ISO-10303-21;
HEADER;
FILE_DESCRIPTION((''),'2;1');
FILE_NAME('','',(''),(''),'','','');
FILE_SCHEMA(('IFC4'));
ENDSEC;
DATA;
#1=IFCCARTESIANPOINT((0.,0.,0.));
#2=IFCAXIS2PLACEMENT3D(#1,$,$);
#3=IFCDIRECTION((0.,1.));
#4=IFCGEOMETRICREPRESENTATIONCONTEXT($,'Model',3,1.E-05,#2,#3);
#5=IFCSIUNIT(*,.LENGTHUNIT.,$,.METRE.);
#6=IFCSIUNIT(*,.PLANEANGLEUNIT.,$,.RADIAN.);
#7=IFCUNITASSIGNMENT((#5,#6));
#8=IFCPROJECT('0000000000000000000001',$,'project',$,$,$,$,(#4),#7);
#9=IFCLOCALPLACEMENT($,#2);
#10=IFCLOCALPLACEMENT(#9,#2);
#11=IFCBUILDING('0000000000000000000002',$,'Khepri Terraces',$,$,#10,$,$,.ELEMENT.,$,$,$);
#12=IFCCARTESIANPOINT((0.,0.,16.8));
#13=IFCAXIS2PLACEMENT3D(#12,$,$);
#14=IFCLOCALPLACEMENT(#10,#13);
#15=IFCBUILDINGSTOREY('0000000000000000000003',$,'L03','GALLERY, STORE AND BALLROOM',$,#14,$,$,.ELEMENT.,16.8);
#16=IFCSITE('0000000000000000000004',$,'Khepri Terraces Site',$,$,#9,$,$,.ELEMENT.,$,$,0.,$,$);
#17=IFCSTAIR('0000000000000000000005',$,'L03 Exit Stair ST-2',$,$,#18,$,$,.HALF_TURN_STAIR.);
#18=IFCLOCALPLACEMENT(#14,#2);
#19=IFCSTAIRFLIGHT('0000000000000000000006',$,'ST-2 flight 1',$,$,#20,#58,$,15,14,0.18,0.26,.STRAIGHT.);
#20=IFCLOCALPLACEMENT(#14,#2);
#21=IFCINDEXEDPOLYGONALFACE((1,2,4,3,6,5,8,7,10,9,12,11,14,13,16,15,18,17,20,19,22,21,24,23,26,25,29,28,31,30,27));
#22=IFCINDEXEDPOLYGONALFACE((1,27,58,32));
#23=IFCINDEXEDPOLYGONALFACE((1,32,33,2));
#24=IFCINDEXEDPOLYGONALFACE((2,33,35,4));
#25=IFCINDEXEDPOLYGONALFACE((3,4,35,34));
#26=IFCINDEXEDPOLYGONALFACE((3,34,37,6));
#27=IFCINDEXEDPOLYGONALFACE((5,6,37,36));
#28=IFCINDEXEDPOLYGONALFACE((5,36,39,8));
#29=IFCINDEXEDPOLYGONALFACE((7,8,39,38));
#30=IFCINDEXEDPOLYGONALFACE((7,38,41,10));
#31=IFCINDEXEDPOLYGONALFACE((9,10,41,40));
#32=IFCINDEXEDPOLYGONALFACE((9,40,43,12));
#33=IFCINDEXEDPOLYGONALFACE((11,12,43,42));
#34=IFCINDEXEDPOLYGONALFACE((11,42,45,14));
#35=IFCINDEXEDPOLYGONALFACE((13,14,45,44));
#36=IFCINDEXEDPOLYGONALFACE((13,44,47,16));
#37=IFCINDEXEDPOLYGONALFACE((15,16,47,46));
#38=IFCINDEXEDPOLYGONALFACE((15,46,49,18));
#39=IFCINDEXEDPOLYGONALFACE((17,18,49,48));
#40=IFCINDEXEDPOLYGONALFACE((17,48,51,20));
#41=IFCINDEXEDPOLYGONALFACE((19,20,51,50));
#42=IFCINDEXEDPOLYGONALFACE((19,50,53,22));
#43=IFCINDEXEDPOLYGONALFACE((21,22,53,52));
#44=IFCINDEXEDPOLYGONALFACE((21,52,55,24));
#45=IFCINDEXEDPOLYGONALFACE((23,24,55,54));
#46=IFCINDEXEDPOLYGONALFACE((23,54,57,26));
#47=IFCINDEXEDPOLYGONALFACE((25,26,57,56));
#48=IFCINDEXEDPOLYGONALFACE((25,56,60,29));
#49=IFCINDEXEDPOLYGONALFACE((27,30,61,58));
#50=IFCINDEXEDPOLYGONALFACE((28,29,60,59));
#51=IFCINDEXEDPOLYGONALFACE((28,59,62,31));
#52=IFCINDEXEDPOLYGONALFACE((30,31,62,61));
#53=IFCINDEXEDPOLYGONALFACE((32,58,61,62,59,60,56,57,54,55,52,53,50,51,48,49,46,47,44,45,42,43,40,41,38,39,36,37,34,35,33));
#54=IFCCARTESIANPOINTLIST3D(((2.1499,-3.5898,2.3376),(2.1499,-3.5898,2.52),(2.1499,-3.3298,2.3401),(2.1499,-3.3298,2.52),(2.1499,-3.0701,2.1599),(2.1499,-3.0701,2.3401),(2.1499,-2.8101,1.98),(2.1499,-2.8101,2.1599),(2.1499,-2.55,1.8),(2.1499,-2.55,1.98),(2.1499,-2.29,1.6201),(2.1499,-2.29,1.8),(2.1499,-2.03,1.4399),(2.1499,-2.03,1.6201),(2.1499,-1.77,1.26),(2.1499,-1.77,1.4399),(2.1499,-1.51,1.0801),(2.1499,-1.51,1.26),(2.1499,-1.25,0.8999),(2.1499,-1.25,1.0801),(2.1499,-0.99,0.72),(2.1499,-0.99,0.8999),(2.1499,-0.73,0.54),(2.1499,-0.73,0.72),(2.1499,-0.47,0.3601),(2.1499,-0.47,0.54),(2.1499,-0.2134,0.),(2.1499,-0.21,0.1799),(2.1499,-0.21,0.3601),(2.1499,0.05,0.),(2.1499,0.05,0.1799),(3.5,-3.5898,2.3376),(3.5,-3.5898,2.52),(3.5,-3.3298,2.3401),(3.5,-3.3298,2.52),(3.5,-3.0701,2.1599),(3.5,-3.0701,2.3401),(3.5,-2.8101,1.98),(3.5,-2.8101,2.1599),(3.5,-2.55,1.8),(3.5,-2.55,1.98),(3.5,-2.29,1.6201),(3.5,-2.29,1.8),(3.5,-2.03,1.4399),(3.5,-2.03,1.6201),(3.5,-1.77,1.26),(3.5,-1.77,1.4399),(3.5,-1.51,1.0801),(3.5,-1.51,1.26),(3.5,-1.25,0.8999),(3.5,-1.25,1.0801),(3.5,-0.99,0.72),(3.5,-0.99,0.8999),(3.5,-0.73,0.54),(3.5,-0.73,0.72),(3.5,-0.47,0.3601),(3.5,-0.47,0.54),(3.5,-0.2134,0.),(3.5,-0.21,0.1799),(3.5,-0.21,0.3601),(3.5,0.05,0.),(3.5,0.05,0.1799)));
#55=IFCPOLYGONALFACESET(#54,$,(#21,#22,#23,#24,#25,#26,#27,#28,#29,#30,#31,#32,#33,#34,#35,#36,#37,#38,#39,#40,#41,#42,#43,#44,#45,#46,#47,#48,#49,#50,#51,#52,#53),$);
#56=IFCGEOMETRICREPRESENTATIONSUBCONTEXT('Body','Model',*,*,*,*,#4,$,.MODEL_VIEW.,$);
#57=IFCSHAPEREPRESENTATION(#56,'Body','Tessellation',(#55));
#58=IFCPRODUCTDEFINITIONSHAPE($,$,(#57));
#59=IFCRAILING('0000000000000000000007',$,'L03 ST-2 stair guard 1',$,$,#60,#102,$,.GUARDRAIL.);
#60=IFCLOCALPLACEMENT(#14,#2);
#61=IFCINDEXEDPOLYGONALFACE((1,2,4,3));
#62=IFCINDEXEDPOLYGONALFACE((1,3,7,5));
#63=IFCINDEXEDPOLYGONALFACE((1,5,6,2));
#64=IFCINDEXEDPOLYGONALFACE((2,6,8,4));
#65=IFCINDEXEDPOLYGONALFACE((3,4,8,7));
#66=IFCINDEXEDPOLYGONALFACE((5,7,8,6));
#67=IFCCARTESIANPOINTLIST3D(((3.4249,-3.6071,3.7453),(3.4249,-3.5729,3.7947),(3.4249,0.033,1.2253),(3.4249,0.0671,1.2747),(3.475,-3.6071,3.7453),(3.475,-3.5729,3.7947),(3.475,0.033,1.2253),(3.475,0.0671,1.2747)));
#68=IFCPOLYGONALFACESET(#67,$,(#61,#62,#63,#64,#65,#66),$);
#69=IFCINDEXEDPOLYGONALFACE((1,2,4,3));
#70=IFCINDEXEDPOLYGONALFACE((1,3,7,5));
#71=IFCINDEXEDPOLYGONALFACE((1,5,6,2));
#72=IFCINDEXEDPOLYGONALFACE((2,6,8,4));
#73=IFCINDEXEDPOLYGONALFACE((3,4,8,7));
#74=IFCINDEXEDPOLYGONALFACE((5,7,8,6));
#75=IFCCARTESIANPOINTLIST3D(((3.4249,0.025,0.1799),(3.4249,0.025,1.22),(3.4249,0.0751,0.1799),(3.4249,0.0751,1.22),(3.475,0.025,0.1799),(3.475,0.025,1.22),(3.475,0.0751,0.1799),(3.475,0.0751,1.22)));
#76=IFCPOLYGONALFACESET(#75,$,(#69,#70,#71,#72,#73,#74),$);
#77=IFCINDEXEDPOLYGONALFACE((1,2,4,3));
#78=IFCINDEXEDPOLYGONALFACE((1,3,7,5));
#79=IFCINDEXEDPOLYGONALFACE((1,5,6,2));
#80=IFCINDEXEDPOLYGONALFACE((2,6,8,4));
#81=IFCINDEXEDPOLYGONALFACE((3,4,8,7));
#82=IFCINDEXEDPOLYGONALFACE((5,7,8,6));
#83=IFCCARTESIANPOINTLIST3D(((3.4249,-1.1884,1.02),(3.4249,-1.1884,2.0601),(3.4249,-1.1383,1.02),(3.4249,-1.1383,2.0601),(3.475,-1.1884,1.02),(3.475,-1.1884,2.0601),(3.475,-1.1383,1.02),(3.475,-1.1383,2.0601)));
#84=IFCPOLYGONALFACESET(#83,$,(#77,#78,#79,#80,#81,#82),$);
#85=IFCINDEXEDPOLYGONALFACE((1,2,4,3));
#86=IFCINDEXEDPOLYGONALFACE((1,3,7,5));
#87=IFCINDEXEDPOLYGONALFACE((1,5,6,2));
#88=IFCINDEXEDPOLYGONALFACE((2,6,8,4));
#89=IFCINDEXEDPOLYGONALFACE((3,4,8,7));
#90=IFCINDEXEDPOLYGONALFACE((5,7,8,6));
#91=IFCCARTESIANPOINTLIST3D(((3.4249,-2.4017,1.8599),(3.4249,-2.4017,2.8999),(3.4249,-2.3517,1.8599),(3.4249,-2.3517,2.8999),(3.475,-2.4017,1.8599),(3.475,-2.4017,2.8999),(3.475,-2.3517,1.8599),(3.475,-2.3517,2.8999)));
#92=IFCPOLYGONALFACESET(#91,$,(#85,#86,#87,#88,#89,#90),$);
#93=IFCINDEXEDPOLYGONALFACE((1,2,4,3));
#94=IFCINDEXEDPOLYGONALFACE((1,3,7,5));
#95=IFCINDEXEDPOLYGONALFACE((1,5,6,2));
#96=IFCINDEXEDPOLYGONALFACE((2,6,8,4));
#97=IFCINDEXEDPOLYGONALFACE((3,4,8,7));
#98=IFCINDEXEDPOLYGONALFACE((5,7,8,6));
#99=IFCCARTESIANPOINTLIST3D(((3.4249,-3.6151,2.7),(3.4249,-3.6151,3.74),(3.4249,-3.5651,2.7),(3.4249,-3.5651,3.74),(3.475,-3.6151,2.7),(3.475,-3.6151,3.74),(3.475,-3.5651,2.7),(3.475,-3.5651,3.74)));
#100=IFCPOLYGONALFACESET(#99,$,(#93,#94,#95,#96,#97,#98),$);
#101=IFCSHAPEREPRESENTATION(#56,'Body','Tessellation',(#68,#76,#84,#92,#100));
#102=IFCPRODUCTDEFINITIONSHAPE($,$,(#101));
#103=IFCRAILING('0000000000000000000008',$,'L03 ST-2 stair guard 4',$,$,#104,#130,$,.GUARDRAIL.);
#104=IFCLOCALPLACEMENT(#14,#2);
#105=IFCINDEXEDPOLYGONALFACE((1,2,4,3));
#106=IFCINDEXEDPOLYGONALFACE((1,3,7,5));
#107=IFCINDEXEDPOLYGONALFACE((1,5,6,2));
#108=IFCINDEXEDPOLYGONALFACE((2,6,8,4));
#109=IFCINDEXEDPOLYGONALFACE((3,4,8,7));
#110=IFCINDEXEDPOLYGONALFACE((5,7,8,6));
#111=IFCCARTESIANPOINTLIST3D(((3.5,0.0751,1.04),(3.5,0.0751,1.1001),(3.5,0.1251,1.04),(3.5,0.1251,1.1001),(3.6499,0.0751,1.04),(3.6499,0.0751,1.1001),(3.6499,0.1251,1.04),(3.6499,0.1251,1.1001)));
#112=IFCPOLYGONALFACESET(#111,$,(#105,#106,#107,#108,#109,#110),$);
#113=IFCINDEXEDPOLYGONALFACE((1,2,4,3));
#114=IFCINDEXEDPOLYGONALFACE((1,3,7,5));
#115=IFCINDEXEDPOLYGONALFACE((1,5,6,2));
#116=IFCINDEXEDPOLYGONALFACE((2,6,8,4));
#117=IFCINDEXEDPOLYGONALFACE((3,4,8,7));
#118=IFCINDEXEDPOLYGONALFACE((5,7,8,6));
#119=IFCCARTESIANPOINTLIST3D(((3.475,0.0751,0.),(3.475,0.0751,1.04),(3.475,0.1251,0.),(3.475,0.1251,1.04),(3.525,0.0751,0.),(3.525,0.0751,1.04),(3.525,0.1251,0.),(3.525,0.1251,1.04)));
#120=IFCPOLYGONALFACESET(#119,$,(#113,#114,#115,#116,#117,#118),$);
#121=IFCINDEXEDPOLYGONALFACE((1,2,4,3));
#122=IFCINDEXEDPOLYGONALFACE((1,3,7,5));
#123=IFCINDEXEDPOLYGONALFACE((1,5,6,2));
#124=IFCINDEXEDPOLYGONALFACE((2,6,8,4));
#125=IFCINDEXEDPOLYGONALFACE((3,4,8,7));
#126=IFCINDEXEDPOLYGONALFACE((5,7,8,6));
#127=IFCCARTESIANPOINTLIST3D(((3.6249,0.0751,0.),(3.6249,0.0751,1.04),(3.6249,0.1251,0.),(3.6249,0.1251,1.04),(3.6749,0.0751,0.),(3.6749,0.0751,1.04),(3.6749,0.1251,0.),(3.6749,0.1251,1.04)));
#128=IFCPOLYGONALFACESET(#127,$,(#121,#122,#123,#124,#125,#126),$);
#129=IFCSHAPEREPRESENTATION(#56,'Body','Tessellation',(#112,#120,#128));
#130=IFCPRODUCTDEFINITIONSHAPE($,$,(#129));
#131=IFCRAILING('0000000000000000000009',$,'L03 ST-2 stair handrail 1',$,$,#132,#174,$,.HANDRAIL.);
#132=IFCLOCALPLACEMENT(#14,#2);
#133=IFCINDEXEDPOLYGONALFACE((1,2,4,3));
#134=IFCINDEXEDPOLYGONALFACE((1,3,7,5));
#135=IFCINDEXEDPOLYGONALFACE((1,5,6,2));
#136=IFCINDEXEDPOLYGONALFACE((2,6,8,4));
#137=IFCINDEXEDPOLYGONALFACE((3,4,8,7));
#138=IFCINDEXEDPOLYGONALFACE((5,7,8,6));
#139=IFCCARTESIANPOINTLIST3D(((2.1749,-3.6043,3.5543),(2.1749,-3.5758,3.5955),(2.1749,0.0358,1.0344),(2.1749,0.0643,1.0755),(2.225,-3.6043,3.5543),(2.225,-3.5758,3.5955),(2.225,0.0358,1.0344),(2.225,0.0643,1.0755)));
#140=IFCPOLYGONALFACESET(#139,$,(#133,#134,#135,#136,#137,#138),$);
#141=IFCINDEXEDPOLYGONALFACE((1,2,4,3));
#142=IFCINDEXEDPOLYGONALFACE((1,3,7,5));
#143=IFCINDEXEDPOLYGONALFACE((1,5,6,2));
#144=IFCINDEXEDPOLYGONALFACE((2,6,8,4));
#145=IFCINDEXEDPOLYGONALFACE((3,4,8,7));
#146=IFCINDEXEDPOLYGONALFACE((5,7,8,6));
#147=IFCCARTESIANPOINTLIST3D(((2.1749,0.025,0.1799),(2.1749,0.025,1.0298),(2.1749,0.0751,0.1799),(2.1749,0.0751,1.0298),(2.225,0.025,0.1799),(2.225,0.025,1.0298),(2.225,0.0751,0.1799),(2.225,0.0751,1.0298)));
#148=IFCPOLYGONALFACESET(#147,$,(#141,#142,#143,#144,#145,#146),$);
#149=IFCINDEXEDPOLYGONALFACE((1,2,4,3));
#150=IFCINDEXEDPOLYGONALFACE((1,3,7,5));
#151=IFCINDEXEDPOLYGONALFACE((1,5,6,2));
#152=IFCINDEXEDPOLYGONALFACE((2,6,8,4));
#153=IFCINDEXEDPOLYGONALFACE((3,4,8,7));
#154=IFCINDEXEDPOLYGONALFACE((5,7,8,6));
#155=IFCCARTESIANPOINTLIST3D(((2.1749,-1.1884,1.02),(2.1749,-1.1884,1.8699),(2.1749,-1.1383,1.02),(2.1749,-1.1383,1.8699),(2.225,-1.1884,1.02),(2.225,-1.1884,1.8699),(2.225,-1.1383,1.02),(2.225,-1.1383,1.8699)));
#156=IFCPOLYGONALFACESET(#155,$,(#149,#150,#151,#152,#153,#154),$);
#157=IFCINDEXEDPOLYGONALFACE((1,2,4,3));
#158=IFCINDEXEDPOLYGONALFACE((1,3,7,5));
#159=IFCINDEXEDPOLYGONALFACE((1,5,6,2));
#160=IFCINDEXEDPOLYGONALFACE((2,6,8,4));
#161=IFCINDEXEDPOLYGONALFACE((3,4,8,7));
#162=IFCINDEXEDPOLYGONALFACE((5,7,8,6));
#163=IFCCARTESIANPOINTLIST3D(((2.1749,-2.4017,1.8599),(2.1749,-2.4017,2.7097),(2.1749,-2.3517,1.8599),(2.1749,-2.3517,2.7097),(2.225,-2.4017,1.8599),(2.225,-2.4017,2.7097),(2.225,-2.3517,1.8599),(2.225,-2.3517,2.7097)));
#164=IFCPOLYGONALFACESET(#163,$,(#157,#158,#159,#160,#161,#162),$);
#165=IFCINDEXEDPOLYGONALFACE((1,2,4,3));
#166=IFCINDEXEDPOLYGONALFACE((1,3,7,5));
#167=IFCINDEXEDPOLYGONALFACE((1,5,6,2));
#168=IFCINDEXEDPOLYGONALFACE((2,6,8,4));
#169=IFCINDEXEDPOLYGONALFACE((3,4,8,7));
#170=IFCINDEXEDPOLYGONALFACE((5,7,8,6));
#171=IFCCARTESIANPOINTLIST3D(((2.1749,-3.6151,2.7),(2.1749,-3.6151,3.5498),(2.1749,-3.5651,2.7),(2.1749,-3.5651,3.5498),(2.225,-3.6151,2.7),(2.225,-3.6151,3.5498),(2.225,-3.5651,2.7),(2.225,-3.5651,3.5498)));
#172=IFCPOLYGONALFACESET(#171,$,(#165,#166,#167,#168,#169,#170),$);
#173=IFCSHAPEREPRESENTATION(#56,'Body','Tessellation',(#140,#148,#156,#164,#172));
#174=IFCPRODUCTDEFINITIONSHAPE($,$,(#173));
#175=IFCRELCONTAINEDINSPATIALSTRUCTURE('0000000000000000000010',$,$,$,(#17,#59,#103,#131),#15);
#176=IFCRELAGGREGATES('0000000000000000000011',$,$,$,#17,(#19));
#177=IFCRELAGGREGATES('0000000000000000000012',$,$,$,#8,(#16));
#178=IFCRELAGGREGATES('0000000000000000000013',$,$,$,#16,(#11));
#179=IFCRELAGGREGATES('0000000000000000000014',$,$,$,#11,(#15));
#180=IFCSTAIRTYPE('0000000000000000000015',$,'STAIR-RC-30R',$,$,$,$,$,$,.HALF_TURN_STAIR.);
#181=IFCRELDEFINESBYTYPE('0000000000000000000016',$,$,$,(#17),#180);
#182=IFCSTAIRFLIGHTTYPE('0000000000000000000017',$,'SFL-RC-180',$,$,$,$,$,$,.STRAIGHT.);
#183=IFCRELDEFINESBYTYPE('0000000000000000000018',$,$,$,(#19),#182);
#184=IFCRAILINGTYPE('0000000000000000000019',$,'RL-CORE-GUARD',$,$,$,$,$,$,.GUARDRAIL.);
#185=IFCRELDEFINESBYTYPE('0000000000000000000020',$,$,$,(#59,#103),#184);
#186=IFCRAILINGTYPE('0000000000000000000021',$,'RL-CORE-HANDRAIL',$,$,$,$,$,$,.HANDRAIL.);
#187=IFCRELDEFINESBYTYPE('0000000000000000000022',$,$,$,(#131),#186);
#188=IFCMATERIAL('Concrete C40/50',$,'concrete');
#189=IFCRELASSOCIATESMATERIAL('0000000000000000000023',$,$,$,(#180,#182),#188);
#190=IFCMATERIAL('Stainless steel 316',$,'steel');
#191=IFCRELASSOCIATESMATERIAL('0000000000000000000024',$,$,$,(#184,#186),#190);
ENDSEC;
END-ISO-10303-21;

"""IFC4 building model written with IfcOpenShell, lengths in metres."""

from ifc_helpers import new_model, si_unit, direction, frame, origin, origin_2d, place, context, subcontext, project, spatial, polyline, rectangle, outline, extrude, material, type_object, element, aggregate, save


model = new_model("IFC4")

# Units and contexts
model_context = context("Model", 3, precision=1e-05, world=origin(), true_north=direction((0.0, 1.0)))
body_context = subcontext(model_context, "Body", "Model", "MODEL_VIEW")
ifc_project = project(units=[si_unit("LENGTHUNIT", "METRE"), si_unit("PLANEANGLEUNIT", "RADIAN")], contexts=[model_context])

# Site, building, storey
site_placement = place(None, origin())
site = spatial("IfcSite", under=ifc_project, at=site_placement, Name="Khepri Terraces Site", CompositionType="ELEMENT", RefElevation=0.0)
building_placement = place(site_placement, origin())
building = spatial("IfcBuilding", under=site, at=building_placement, Name="Khepri Terraces", CompositionType="ELEMENT")
storey_placement = place(building_placement, frame((0.0, 0.0, 16.8)))
storey = spatial("IfcBuildingStorey", under=building, at=storey_placement, Name="L03", Description="GALLERY, STORE AND BALLROOM", CompositionType="ELEMENT", Elevation=16.8)

# Shared definitions
ifc_material_1 = material(Name="Concrete C40/50", Category="concrete")
stair_type_1 = type_object("IfcStairType", Name="STAIR-RC-30R", PredefinedType="HALF_TURN_STAIR", material=ifc_material_1)

# Stair, stair flight
stair_1_placement = place(storey_placement, origin())
stair_1 = element("IfcStair", 1, at=stair_1_placement, inside=storey, type_object=stair_type_1, Name="L03 Exit Stair ST-2", PredefinedType="HALF_TURN_STAIR")
stair_flight_type = type_object("IfcStairFlightType", Name="SFL-RC-180", PredefinedType="STRAIGHT", material=ifc_material_1)
stair_flight_placement = place(storey_placement, frame((2.825, 0.05, 0.0), z_axis=(0.0, 0.0, 1.0), x_axis=(0.0, -1.0, 0.0)))
stair_flight = element("IfcStairFlight", 2, at=stair_flight_placement, type_object=stair_flight_type, Name="ST-2 flight 1", NumberOfRisers=15, NumberOfTreads=14, PredefinedType="STRAIGHT", RiserHeight=0.18, TreadLength=0.26, context=body_context, shape_type="SweptSolid", body=[
    extrude(outline(polyline([(0.0, 0.0), (0.0, 0.1799), (0.26, 0.1799), (0.26, 0.3601), (0.52, 0.3601), (0.52, 0.54), (0.78, 0.54), (0.78, 0.72), (1.04, 0.72), (1.04, 0.8999), (1.3, 0.8999), (1.3, 1.0801), (1.5601, 1.0801), (1.5601, 1.26), (1.8201, 1.26), (1.8201, 1.4399), (2.0801, 1.4399), (2.0801, 1.6201), (2.3401, 1.6201), (2.3401, 1.8), (2.6001, 1.8), (2.6001, 1.98), (2.8601, 1.98), (2.8601, 2.1599), (3.1201, 2.1599), (3.1201, 2.3401), (3.3799, 2.3401), (3.3799, 2.52), (3.6399, 2.52), (3.6399, 2.7), (3.6399, 2.3376), (0.2634, 0.0), (0.0, 0.0)])), frame((0.0, 0.675, 0.0), z_axis=(0.0, -1.0, 0.0), x_axis=(1.0, 0.0, 0.0)), (0.0, 0.0, 1.0), 1.3501),
])
aggregate(stair_1, [stair_flight])

# Railings
ifc_material_2 = material(Name="Stainless steel 316", Category="steel")
railing_type_1 = type_object("IfcRailingType", Name="RL-CORE-GUARD", PredefinedType="GUARDRAIL", material=ifc_material_2)
railing_1_placement = place(storey_placement, frame((3.45, 0.05, 0.1799)))
element("IfcRailing", 3, at=railing_1_placement, inside=storey, type_object=railing_type_1, Name="L03 ST-2 stair guard 1", PredefinedType="GUARDRAIL", context=body_context, shape_type="SweptSolid", body=[
    extrude(rectangle(XDim=0.05, YDim=0.0601, at=origin_2d()), frame((0.0, 0.0, 1.0701), z_axis=(0.0, -0.8222, 0.569199), x_axis=(1.0, 0.0, 0.0)), (0.0, 0.0, 1.0), 4.4272),
    extrude(rectangle(XDim=0.05, YDim=0.05, at=origin_2d()), origin(), (0.0, 0.0, 1.0), 1.04),
    extrude(rectangle(XDim=0.05, YDim=0.05, at=origin_2d()), frame((0.0, -1.2134, 0.8401)), (0.0, 0.0, 1.0), 1.04),
    extrude(rectangle(XDim=0.05, YDim=0.05, at=origin_2d()), frame((0.0, -2.4268, 1.6799)), (0.0, 0.0, 1.0), 1.04),
    extrude(rectangle(XDim=0.05, YDim=0.05, at=origin_2d()), frame((0.0, -3.6401, 2.52)), (0.0, 0.0, 1.0), 1.04),
])
railing_2_placement = place(storey_placement, frame((3.5, 0.1001, 0.0)))
element("IfcRailing", 4, at=railing_2_placement, inside=storey, type_object=railing_type_1, Name="L03 ST-2 stair guard 4", PredefinedType="GUARDRAIL", context=body_context, shape_type="SweptSolid", body=[
    extrude(rectangle(XDim=0.05, YDim=0.0601, at=origin_2d()), frame((0.0, 0.0, 1.0701), z_axis=(1.0, 0.0, 0.0), x_axis=(0.0, 1.0, 0.0)), (0.0, 0.0, 1.0), 0.1499),
    extrude(rectangle(XDim=0.05, YDim=0.05, at=origin_2d()), origin(), (0.0, 0.0, 1.0), 1.04),
    extrude(rectangle(XDim=0.05, YDim=0.05, at=origin_2d()), frame((0.1499, 0.0, 0.0)), (0.0, 0.0, 1.0), 1.04),
])
railing_type_2 = type_object("IfcRailingType", Name="RL-CORE-HANDRAIL", PredefinedType="HANDRAIL", material=ifc_material_2)
railing_3_placement = place(storey_placement, frame((2.2, 0.05, 0.1799)))
element("IfcRailing", 5, at=railing_3_placement, inside=storey, type_object=railing_type_2, Name="L03 ST-2 stair handrail 1", PredefinedType="HANDRAIL", context=body_context, shape_type="SweptSolid", body=[
    extrude(rectangle(XDim=0.05, YDim=0.05, at=origin_2d()), frame((0.0, 0.0, 0.875), z_axis=(0.0, -0.8222, 0.569199), x_axis=(1.0, 0.0, 0.0)), (0.0, 0.0, 1.0), 4.4272),
    extrude(rectangle(XDim=0.05, YDim=0.05, at=origin_2d()), origin(), (0.0, 0.0, 1.0), 0.8499),
    extrude(rectangle(XDim=0.05, YDim=0.05, at=origin_2d()), frame((0.0, -1.2134, 0.8401)), (0.0, 0.0, 1.0), 0.8499),
    extrude(rectangle(XDim=0.05, YDim=0.05, at=origin_2d()), frame((0.0, -2.4268, 1.6799)), (0.0, 0.0, 1.0), 0.8499),
    extrude(rectangle(XDim=0.05, YDim=0.05, at=origin_2d()), frame((0.0, -3.6401, 2.52)), (0.0, 0.0, 1.0), 0.8499),
])

save(model, "model.ifc")
